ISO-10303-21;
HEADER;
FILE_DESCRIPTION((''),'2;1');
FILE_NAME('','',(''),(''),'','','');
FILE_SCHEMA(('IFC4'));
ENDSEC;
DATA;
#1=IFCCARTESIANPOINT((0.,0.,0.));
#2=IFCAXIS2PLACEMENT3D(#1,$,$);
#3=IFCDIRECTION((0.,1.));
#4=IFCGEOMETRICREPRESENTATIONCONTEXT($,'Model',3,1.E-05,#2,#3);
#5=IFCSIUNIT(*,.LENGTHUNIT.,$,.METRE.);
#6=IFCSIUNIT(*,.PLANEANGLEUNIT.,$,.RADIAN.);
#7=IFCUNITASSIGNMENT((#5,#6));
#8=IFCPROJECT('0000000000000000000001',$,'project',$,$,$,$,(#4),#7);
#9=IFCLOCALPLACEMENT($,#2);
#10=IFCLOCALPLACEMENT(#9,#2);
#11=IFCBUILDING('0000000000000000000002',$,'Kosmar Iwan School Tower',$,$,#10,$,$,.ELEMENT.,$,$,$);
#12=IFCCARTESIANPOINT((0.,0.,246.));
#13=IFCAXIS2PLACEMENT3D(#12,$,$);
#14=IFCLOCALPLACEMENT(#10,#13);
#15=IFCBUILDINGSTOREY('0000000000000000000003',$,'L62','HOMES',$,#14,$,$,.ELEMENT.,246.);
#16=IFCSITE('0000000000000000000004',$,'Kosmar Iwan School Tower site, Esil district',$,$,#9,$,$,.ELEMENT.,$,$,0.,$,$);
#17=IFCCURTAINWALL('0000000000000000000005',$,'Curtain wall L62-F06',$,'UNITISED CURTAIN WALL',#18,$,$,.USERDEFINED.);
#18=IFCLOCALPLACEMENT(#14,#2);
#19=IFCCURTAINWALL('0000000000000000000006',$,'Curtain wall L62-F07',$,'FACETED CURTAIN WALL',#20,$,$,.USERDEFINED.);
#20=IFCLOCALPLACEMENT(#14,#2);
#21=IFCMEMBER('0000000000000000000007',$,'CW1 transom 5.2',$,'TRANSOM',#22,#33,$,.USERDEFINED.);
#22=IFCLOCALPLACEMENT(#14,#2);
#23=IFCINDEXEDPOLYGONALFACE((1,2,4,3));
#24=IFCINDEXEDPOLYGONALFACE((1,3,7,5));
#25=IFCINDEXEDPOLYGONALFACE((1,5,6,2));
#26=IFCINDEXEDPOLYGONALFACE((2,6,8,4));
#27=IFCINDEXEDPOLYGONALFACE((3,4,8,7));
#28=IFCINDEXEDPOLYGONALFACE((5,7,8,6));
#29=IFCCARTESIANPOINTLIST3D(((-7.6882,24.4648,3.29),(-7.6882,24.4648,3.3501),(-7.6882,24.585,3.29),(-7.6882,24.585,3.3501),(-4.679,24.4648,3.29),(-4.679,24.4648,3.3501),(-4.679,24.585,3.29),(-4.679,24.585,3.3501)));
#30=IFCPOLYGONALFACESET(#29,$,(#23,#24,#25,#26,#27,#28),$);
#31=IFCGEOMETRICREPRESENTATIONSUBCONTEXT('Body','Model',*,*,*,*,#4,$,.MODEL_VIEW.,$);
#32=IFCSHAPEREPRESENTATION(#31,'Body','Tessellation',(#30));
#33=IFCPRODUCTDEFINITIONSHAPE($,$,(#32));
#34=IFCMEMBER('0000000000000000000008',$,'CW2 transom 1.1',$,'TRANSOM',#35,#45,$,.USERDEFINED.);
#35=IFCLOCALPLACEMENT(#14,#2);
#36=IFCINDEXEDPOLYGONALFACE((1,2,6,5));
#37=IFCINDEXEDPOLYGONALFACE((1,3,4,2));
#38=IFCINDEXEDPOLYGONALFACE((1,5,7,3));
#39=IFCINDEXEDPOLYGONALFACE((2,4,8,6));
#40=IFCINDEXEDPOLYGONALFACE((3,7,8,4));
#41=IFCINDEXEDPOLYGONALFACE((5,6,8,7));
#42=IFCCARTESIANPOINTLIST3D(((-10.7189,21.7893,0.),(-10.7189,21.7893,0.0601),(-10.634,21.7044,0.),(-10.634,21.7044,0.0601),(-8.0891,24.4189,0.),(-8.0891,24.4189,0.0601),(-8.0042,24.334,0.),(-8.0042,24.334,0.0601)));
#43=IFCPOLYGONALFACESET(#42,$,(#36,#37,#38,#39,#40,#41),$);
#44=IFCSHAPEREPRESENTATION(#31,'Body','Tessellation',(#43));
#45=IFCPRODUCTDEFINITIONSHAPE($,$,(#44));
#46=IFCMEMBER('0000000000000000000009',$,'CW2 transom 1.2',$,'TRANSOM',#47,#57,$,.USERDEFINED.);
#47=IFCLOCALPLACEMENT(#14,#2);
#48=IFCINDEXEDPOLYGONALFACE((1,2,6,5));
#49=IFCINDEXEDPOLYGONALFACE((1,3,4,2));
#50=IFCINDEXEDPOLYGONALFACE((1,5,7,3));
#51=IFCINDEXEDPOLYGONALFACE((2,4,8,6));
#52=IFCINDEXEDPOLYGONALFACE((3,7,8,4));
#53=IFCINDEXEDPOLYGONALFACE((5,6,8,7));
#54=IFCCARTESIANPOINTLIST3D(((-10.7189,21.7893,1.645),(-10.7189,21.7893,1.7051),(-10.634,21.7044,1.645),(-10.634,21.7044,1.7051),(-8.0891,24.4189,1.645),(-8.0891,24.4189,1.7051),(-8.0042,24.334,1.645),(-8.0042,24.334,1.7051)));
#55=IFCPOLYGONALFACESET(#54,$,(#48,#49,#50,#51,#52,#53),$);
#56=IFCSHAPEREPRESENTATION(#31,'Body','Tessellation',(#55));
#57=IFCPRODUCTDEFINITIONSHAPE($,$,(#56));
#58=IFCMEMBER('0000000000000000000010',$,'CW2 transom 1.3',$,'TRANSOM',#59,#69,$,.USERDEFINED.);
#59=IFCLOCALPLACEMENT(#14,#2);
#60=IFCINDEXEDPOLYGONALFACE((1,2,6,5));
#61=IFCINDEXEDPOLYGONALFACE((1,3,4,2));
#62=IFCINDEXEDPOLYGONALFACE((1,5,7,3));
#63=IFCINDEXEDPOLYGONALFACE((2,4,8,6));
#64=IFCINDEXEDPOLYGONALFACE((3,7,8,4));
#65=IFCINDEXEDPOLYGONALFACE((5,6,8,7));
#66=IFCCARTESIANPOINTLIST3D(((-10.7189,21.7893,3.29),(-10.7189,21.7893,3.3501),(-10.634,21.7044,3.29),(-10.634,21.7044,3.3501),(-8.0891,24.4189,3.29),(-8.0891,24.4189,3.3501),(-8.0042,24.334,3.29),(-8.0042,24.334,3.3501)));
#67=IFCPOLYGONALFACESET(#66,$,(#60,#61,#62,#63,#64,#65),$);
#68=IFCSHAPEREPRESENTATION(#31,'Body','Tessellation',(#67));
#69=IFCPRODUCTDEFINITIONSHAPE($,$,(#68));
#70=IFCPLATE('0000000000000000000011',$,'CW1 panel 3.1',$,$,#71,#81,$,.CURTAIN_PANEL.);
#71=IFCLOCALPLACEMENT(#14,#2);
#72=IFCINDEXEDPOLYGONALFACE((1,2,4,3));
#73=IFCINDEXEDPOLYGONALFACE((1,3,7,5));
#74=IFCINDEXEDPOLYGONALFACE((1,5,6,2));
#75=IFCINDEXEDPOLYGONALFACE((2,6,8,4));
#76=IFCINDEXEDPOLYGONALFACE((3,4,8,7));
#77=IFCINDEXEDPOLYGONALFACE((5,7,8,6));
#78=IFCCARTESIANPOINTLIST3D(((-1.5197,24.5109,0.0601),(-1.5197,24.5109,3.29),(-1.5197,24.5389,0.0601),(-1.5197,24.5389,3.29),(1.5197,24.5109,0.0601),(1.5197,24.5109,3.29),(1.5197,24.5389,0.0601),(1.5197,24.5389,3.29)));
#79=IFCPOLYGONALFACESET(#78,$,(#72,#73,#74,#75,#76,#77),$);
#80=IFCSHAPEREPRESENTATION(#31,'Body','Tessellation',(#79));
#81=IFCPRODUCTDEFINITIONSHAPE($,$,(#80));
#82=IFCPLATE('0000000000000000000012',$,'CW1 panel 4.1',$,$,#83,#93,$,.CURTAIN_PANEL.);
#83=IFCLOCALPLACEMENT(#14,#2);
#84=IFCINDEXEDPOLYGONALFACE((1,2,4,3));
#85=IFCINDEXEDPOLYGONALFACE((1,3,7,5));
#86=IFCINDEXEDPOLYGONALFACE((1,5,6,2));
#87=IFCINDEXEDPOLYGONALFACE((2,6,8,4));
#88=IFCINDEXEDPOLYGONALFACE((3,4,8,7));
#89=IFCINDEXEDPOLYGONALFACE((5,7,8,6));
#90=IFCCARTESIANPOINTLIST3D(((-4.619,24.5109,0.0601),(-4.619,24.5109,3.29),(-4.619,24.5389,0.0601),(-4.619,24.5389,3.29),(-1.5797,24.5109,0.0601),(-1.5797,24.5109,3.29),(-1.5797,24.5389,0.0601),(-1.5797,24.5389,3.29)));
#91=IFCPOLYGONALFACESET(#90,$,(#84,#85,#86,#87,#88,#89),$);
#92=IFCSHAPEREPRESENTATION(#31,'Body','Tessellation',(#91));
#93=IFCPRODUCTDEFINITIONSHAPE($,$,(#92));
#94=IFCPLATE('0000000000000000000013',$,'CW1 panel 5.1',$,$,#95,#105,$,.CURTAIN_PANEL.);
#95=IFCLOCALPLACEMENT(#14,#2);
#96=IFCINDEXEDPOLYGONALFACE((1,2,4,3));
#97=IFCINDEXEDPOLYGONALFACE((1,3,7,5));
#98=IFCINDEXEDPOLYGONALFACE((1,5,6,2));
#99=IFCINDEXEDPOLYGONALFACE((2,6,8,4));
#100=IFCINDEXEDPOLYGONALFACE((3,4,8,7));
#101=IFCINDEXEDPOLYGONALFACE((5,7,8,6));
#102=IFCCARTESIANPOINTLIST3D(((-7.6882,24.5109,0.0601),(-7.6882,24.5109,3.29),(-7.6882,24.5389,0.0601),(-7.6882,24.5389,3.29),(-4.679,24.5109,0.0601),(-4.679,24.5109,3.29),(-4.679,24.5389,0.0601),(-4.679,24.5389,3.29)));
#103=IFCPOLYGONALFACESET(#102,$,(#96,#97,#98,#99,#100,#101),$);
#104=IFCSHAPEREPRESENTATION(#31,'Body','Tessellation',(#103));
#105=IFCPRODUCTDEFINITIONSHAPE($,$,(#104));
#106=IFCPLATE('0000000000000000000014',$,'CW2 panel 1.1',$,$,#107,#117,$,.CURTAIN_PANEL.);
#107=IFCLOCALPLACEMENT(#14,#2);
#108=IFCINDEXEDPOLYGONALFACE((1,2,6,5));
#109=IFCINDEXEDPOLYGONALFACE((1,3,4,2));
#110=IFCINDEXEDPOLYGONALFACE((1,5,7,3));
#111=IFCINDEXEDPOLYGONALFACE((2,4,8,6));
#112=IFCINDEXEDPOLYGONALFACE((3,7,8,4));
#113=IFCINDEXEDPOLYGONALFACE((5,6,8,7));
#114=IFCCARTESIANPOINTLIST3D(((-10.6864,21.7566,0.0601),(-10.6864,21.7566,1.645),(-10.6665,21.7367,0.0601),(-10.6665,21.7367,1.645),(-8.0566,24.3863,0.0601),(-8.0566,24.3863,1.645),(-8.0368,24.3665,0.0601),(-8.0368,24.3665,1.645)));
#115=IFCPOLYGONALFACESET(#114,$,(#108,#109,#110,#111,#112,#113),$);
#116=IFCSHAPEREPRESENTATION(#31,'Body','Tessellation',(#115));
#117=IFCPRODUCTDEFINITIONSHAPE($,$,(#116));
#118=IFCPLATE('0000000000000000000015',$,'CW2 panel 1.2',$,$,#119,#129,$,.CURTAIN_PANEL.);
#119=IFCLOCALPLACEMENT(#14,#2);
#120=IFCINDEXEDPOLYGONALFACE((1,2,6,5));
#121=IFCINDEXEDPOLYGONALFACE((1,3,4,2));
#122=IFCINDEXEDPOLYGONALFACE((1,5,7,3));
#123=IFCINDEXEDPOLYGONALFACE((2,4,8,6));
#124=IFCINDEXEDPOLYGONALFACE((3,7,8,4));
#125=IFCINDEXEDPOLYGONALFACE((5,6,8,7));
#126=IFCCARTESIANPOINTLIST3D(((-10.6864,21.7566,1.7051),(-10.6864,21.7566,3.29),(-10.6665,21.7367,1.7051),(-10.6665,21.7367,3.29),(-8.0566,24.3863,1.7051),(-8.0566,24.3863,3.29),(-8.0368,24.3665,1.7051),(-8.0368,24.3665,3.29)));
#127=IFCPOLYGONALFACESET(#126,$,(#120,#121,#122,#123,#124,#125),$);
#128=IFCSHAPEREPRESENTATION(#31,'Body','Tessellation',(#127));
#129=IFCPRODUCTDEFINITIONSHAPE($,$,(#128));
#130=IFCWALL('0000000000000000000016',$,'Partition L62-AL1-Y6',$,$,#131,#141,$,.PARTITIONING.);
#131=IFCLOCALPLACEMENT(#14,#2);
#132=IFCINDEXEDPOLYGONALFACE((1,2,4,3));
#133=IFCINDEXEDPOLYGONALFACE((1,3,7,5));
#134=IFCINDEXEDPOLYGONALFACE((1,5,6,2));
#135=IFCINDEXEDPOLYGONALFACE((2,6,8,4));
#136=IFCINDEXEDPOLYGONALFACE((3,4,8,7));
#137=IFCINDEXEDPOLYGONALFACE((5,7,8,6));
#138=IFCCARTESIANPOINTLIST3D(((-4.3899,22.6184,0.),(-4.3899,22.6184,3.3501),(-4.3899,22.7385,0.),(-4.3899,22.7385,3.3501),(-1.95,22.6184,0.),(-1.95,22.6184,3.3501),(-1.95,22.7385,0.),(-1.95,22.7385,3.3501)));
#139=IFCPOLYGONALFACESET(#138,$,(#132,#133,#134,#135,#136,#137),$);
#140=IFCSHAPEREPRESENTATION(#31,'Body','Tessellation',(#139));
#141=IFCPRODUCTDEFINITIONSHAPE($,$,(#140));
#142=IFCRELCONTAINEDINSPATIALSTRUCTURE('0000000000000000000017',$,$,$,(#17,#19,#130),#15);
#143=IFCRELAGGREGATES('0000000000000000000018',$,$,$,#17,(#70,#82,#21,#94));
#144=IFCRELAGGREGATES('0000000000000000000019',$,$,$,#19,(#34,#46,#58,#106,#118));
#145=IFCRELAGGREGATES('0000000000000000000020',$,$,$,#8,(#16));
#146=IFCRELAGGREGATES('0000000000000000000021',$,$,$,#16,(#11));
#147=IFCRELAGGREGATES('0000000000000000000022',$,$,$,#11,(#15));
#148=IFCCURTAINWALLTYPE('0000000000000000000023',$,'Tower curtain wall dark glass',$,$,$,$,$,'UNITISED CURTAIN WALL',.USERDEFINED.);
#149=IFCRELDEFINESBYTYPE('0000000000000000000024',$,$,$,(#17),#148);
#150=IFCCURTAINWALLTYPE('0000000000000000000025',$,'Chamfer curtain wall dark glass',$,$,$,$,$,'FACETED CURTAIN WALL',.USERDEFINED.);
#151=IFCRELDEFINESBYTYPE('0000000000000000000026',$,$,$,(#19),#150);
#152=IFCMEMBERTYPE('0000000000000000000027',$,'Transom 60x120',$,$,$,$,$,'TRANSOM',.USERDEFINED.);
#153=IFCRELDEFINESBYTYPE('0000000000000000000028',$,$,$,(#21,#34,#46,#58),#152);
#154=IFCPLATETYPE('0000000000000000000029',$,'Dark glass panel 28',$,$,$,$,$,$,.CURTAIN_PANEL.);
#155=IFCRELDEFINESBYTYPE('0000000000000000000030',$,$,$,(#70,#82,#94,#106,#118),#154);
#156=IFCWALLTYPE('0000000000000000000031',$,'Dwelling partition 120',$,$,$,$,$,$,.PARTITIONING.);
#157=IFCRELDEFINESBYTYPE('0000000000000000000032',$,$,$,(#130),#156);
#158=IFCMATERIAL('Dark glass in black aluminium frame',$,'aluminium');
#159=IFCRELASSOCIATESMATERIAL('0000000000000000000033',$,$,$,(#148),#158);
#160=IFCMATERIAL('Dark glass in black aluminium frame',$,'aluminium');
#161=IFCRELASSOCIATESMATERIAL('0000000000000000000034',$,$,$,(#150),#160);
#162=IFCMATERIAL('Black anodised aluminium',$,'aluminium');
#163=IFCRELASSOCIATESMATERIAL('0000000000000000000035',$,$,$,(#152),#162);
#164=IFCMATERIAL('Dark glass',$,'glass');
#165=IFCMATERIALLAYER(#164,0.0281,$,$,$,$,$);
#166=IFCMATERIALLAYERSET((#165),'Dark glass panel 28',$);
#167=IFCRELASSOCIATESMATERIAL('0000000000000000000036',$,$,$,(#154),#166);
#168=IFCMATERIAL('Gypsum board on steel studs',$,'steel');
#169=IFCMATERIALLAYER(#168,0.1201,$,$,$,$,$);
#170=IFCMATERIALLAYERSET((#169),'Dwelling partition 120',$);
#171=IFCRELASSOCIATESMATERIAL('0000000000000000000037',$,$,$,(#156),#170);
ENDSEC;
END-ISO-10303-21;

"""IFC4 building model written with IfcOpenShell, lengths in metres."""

from ifc_helpers import new_model, si_unit, direction, frame, frame_2d, origin, origin_2d, place, context, subcontext, project, spatial, rectangle, extrude, material, layer, layer_set, material_profile, profile_set, type_object, element, aggregate, save


model = new_model("IFC4")

# Units and contexts
model_context = context("Model", 3, precision=1e-05, world=origin(), true_north=direction((0.0, 1.0)))
body_context = subcontext(model_context, "Body", "Model", "MODEL_VIEW")
ifc_project = project(units=[si_unit("LENGTHUNIT", "METRE"), si_unit("PLANEANGLEUNIT", "RADIAN")], contexts=[model_context])

# Site, building, storey
site_placement = place(None, origin())
site = spatial("IfcSite", under=ifc_project, at=site_placement, Name="Kosmar Iwan School Tower site, Esil district", CompositionType="ELEMENT", RefElevation=0.0)
building_placement = place(site_placement, origin())
building = spatial("IfcBuilding", under=site, at=building_placement, Name="Kosmar Iwan School Tower", CompositionType="ELEMENT")
storey_placement = place(building_placement, frame((0.0, 0.0, 246.0)))
storey = spatial("IfcBuildingStorey", under=building, at=storey_placement, Name="L62", Description="HOMES", CompositionType="ELEMENT", Elevation=246.0)

# Curtain wall
ifc_material_1 = material(Name="Dark glass in black aluminium frame", Category="aluminium")
curtain_wall_type_1 = type_object("IfcCurtainWallType", Name="Tower curtain wall dark glass", ElementType="UNITISED CURTAIN WALL", PredefinedType="USERDEFINED", material=ifc_material_1)
curtain_wall_1_placement = place(storey_placement, origin())
curtain_wall_1 = element("IfcCurtainWall", 1, at=curtain_wall_1_placement, inside=storey, type_object=curtain_wall_type_1, Name="Curtain wall L62-F06", ObjectType="UNITISED CURTAIN WALL", PredefinedType="USERDEFINED")

# Curtain wall
ifc_material_2 = material(Name="Dark glass in black aluminium frame", Category="aluminium")
curtain_wall_type_2 = type_object("IfcCurtainWallType", Name="Chamfer curtain wall dark glass", ElementType="FACETED CURTAIN WALL", PredefinedType="USERDEFINED", material=ifc_material_2)
curtain_wall_2_placement = place(storey_placement, origin())
curtain_wall_2 = element("IfcCurtainWall", 2, at=curtain_wall_2_placement, inside=storey, type_object=curtain_wall_type_2, Name="Curtain wall L62-F07", ObjectType="FACETED CURTAIN WALL", PredefinedType="USERDEFINED")

# Members
ifc_material_3 = material(Name="Black anodised aluminium", Category="aluminium")
ifc_material_profile_1 = material_profile(ifc_material_3, rectangle(XDim=0.1201, YDim=0.0601, at=origin_2d()), Name="TRANSOM 60x120")
ifc_profile_set_1 = profile_set([ifc_material_profile_1], Name="Black anodised aluminium")
member_type_1 = type_object("IfcMemberType", Name="Transom 60x120", ElementType="TRANSOM", PredefinedType="USERDEFINED", material=ifc_profile_set_1)
member_1_placement = place(storey_placement, frame((-4.679, 24.5249, 3.3201), z_axis=(-1.0, 0.0, 0.0), x_axis=(0.0, -1.0, 0.0)))
member_1 = element("IfcMember", 3, at=member_1_placement, type_object=member_type_1, Name="CW1 transom 5.2", ObjectType="TRANSOM", PredefinedType="USERDEFINED", context=body_context, shape_type="SweptSolid", body=[
    extrude(rectangle(XDim=0.1201, YDim=0.0601, at=origin_2d()), origin(), (0.0, 0.0, 1.0), 3.0093),
])
member_2_placement = place(storey_placement, frame((-8.0466, 24.3765, 0.03), z_axis=(-0.70714, -0.707074, 0.0), x_axis=(0.707074, -0.70714, 0.0)))
member_2 = element("IfcMember", 4, at=member_2_placement, type_object=member_type_1, Name="CW2 transom 1.1", ObjectType="TRANSOM", PredefinedType="USERDEFINED", context=body_context, shape_type="SweptSolid", body=[
    extrude(rectangle(XDim=0.1201, YDim=0.0601, at=origin_2d()), origin(), (0.0, 0.0, 1.0), 3.719),
])
member_3_placement = place(storey_placement, frame((-8.0466, 24.3765, 1.675), z_axis=(-0.70714, -0.707074, 0.0), x_axis=(0.707074, -0.70714, 0.0)))
member_3 = element("IfcMember", 5, at=member_3_placement, type_object=member_type_1, Name="CW2 transom 1.2", ObjectType="TRANSOM", PredefinedType="USERDEFINED", context=body_context, shape_type="SweptSolid", body=[
    extrude(rectangle(XDim=0.1201, YDim=0.0601, at=origin_2d()), origin(), (0.0, 0.0, 1.0), 3.719),
])
member_4_placement = place(storey_placement, frame((-8.0466, 24.3765, 3.3201), z_axis=(-0.70714, -0.707074, 0.0), x_axis=(0.707074, -0.70714, 0.0)))
member_4 = element("IfcMember", 6, at=member_4_placement, type_object=member_type_1, Name="CW2 transom 1.3", ObjectType="TRANSOM", PredefinedType="USERDEFINED", context=body_context, shape_type="SweptSolid", body=[
    extrude(rectangle(XDim=0.1201, YDim=0.0601, at=origin_2d()), origin(), (0.0, 0.0, 1.0), 3.719),
])

# Plates
ifc_material_4 = material(Name="Dark glass", Category="glass")
ifc_layer_1 = layer(ifc_material_4, 0.0281)
ifc_layer_set_1 = layer_set([ifc_layer_1], Name="Dark glass panel 28")
plate_type = type_object("IfcPlateType", Name="Dark glass panel 28", PredefinedType="CURTAIN_PANEL", material=ifc_layer_set_1)
plate_1_placement = place(storey_placement, frame((0.0, 24.5249, 0.0601), z_axis=(0.0, 0.0, 1.0), x_axis=(-1.0, 0.0, 0.0)))
plate_1 = element("IfcPlate", 7, at=plate_1_placement, type_object=plate_type, Name="CW1 panel 3.1", PredefinedType="CURTAIN_PANEL", context=body_context, shape_type="SweptSolid", body=[
    extrude(rectangle(XDim=3.0393, YDim=0.0281, at=origin_2d()), origin(), (0.0, 0.0, 1.0), 3.23),
])
plate_2_placement = place(storey_placement, frame((-3.0994, 24.5249, 0.0601), z_axis=(0.0, 0.0, 1.0), x_axis=(-1.0, 0.0, 0.0)))
plate_2 = element("IfcPlate", 8, at=plate_2_placement, type_object=plate_type, Name="CW1 panel 4.1", PredefinedType="CURTAIN_PANEL", context=body_context, shape_type="SweptSolid", body=[
    extrude(rectangle(XDim=3.0393, YDim=0.0281, at=origin_2d()), origin(), (0.0, 0.0, 1.0), 3.23),
])
plate_3_placement = place(storey_placement, frame((-6.1836, 24.5249, 0.0601), z_axis=(0.0, 0.0, 1.0), x_axis=(-1.0, 0.0, 0.0)))
plate_3 = element("IfcPlate", 9, at=plate_3_placement, type_object=plate_type, Name="CW1 panel 5.1", PredefinedType="CURTAIN_PANEL", context=body_context, shape_type="SweptSolid", body=[
    extrude(rectangle(XDim=3.0093, YDim=0.0281, at=origin_2d()), origin(), (0.0, 0.0, 1.0), 3.23),
])
aggregate(curtain_wall_1, [plate_1, plate_2, member_1, plate_3])
plate_4_placement = place(storey_placement, frame((-9.3616, 23.0615, 0.0601), z_axis=(0.0, 0.0, 1.0), x_axis=(-0.707107, -0.707107, 0.0)))
plate_4 = element("IfcPlate", 10, at=plate_4_placement, type_object=plate_type, Name="CW2 panel 1.1", PredefinedType="CURTAIN_PANEL", context=body_context, shape_type="SweptSolid", body=[
    extrude(rectangle(XDim=3.719, YDim=0.0281, at=origin_2d()), origin(), (0.0, 0.0, 1.0), 1.585),
])
plate_5_placement = place(storey_placement, frame((-9.3616, 23.0615, 1.7051), z_axis=(0.0, 0.0, 1.0), x_axis=(-0.707107, -0.707107, 0.0)))
plate_5 = element("IfcPlate", 11, at=plate_5_placement, type_object=plate_type, Name="CW2 panel 1.2", PredefinedType="CURTAIN_PANEL", context=body_context, shape_type="SweptSolid", body=[
    extrude(rectangle(XDim=3.719, YDim=0.0281, at=origin_2d()), origin(), (0.0, 0.0, 1.0), 1.585),
])
aggregate(curtain_wall_2, [member_2, member_3, member_4, plate_4, plate_5])

# Wall
ifc_material_5 = material(Name="Gypsum board on steel studs", Category="steel")
ifc_layer_2 = layer(ifc_material_5, 0.1201)
ifc_layer_set_2 = layer_set([ifc_layer_2], Name="Dwelling partition 120")
wall_type = type_object("IfcWallType", Name="Dwelling partition 120", PredefinedType="PARTITIONING", material=ifc_layer_set_2)
wall_placement = place(storey_placement, frame((-1.95, 22.6785, 0.0), z_axis=(0.0, 0.0, 1.0), x_axis=(-1.0, 0.0, 0.0)))
element("IfcWall", 12, at=wall_placement, inside=storey, type_object=wall_type, Name="Partition L62-AL1-Y6", PredefinedType="PARTITIONING", context=body_context, shape_type="SweptSolid", body=[
    extrude(rectangle(XDim=2.4399, YDim=0.1201, at=frame_2d((1.22, 0.0))), origin(), (0.0, 0.0, 1.0), 3.3501),
])

save(model, "model.ifc")
